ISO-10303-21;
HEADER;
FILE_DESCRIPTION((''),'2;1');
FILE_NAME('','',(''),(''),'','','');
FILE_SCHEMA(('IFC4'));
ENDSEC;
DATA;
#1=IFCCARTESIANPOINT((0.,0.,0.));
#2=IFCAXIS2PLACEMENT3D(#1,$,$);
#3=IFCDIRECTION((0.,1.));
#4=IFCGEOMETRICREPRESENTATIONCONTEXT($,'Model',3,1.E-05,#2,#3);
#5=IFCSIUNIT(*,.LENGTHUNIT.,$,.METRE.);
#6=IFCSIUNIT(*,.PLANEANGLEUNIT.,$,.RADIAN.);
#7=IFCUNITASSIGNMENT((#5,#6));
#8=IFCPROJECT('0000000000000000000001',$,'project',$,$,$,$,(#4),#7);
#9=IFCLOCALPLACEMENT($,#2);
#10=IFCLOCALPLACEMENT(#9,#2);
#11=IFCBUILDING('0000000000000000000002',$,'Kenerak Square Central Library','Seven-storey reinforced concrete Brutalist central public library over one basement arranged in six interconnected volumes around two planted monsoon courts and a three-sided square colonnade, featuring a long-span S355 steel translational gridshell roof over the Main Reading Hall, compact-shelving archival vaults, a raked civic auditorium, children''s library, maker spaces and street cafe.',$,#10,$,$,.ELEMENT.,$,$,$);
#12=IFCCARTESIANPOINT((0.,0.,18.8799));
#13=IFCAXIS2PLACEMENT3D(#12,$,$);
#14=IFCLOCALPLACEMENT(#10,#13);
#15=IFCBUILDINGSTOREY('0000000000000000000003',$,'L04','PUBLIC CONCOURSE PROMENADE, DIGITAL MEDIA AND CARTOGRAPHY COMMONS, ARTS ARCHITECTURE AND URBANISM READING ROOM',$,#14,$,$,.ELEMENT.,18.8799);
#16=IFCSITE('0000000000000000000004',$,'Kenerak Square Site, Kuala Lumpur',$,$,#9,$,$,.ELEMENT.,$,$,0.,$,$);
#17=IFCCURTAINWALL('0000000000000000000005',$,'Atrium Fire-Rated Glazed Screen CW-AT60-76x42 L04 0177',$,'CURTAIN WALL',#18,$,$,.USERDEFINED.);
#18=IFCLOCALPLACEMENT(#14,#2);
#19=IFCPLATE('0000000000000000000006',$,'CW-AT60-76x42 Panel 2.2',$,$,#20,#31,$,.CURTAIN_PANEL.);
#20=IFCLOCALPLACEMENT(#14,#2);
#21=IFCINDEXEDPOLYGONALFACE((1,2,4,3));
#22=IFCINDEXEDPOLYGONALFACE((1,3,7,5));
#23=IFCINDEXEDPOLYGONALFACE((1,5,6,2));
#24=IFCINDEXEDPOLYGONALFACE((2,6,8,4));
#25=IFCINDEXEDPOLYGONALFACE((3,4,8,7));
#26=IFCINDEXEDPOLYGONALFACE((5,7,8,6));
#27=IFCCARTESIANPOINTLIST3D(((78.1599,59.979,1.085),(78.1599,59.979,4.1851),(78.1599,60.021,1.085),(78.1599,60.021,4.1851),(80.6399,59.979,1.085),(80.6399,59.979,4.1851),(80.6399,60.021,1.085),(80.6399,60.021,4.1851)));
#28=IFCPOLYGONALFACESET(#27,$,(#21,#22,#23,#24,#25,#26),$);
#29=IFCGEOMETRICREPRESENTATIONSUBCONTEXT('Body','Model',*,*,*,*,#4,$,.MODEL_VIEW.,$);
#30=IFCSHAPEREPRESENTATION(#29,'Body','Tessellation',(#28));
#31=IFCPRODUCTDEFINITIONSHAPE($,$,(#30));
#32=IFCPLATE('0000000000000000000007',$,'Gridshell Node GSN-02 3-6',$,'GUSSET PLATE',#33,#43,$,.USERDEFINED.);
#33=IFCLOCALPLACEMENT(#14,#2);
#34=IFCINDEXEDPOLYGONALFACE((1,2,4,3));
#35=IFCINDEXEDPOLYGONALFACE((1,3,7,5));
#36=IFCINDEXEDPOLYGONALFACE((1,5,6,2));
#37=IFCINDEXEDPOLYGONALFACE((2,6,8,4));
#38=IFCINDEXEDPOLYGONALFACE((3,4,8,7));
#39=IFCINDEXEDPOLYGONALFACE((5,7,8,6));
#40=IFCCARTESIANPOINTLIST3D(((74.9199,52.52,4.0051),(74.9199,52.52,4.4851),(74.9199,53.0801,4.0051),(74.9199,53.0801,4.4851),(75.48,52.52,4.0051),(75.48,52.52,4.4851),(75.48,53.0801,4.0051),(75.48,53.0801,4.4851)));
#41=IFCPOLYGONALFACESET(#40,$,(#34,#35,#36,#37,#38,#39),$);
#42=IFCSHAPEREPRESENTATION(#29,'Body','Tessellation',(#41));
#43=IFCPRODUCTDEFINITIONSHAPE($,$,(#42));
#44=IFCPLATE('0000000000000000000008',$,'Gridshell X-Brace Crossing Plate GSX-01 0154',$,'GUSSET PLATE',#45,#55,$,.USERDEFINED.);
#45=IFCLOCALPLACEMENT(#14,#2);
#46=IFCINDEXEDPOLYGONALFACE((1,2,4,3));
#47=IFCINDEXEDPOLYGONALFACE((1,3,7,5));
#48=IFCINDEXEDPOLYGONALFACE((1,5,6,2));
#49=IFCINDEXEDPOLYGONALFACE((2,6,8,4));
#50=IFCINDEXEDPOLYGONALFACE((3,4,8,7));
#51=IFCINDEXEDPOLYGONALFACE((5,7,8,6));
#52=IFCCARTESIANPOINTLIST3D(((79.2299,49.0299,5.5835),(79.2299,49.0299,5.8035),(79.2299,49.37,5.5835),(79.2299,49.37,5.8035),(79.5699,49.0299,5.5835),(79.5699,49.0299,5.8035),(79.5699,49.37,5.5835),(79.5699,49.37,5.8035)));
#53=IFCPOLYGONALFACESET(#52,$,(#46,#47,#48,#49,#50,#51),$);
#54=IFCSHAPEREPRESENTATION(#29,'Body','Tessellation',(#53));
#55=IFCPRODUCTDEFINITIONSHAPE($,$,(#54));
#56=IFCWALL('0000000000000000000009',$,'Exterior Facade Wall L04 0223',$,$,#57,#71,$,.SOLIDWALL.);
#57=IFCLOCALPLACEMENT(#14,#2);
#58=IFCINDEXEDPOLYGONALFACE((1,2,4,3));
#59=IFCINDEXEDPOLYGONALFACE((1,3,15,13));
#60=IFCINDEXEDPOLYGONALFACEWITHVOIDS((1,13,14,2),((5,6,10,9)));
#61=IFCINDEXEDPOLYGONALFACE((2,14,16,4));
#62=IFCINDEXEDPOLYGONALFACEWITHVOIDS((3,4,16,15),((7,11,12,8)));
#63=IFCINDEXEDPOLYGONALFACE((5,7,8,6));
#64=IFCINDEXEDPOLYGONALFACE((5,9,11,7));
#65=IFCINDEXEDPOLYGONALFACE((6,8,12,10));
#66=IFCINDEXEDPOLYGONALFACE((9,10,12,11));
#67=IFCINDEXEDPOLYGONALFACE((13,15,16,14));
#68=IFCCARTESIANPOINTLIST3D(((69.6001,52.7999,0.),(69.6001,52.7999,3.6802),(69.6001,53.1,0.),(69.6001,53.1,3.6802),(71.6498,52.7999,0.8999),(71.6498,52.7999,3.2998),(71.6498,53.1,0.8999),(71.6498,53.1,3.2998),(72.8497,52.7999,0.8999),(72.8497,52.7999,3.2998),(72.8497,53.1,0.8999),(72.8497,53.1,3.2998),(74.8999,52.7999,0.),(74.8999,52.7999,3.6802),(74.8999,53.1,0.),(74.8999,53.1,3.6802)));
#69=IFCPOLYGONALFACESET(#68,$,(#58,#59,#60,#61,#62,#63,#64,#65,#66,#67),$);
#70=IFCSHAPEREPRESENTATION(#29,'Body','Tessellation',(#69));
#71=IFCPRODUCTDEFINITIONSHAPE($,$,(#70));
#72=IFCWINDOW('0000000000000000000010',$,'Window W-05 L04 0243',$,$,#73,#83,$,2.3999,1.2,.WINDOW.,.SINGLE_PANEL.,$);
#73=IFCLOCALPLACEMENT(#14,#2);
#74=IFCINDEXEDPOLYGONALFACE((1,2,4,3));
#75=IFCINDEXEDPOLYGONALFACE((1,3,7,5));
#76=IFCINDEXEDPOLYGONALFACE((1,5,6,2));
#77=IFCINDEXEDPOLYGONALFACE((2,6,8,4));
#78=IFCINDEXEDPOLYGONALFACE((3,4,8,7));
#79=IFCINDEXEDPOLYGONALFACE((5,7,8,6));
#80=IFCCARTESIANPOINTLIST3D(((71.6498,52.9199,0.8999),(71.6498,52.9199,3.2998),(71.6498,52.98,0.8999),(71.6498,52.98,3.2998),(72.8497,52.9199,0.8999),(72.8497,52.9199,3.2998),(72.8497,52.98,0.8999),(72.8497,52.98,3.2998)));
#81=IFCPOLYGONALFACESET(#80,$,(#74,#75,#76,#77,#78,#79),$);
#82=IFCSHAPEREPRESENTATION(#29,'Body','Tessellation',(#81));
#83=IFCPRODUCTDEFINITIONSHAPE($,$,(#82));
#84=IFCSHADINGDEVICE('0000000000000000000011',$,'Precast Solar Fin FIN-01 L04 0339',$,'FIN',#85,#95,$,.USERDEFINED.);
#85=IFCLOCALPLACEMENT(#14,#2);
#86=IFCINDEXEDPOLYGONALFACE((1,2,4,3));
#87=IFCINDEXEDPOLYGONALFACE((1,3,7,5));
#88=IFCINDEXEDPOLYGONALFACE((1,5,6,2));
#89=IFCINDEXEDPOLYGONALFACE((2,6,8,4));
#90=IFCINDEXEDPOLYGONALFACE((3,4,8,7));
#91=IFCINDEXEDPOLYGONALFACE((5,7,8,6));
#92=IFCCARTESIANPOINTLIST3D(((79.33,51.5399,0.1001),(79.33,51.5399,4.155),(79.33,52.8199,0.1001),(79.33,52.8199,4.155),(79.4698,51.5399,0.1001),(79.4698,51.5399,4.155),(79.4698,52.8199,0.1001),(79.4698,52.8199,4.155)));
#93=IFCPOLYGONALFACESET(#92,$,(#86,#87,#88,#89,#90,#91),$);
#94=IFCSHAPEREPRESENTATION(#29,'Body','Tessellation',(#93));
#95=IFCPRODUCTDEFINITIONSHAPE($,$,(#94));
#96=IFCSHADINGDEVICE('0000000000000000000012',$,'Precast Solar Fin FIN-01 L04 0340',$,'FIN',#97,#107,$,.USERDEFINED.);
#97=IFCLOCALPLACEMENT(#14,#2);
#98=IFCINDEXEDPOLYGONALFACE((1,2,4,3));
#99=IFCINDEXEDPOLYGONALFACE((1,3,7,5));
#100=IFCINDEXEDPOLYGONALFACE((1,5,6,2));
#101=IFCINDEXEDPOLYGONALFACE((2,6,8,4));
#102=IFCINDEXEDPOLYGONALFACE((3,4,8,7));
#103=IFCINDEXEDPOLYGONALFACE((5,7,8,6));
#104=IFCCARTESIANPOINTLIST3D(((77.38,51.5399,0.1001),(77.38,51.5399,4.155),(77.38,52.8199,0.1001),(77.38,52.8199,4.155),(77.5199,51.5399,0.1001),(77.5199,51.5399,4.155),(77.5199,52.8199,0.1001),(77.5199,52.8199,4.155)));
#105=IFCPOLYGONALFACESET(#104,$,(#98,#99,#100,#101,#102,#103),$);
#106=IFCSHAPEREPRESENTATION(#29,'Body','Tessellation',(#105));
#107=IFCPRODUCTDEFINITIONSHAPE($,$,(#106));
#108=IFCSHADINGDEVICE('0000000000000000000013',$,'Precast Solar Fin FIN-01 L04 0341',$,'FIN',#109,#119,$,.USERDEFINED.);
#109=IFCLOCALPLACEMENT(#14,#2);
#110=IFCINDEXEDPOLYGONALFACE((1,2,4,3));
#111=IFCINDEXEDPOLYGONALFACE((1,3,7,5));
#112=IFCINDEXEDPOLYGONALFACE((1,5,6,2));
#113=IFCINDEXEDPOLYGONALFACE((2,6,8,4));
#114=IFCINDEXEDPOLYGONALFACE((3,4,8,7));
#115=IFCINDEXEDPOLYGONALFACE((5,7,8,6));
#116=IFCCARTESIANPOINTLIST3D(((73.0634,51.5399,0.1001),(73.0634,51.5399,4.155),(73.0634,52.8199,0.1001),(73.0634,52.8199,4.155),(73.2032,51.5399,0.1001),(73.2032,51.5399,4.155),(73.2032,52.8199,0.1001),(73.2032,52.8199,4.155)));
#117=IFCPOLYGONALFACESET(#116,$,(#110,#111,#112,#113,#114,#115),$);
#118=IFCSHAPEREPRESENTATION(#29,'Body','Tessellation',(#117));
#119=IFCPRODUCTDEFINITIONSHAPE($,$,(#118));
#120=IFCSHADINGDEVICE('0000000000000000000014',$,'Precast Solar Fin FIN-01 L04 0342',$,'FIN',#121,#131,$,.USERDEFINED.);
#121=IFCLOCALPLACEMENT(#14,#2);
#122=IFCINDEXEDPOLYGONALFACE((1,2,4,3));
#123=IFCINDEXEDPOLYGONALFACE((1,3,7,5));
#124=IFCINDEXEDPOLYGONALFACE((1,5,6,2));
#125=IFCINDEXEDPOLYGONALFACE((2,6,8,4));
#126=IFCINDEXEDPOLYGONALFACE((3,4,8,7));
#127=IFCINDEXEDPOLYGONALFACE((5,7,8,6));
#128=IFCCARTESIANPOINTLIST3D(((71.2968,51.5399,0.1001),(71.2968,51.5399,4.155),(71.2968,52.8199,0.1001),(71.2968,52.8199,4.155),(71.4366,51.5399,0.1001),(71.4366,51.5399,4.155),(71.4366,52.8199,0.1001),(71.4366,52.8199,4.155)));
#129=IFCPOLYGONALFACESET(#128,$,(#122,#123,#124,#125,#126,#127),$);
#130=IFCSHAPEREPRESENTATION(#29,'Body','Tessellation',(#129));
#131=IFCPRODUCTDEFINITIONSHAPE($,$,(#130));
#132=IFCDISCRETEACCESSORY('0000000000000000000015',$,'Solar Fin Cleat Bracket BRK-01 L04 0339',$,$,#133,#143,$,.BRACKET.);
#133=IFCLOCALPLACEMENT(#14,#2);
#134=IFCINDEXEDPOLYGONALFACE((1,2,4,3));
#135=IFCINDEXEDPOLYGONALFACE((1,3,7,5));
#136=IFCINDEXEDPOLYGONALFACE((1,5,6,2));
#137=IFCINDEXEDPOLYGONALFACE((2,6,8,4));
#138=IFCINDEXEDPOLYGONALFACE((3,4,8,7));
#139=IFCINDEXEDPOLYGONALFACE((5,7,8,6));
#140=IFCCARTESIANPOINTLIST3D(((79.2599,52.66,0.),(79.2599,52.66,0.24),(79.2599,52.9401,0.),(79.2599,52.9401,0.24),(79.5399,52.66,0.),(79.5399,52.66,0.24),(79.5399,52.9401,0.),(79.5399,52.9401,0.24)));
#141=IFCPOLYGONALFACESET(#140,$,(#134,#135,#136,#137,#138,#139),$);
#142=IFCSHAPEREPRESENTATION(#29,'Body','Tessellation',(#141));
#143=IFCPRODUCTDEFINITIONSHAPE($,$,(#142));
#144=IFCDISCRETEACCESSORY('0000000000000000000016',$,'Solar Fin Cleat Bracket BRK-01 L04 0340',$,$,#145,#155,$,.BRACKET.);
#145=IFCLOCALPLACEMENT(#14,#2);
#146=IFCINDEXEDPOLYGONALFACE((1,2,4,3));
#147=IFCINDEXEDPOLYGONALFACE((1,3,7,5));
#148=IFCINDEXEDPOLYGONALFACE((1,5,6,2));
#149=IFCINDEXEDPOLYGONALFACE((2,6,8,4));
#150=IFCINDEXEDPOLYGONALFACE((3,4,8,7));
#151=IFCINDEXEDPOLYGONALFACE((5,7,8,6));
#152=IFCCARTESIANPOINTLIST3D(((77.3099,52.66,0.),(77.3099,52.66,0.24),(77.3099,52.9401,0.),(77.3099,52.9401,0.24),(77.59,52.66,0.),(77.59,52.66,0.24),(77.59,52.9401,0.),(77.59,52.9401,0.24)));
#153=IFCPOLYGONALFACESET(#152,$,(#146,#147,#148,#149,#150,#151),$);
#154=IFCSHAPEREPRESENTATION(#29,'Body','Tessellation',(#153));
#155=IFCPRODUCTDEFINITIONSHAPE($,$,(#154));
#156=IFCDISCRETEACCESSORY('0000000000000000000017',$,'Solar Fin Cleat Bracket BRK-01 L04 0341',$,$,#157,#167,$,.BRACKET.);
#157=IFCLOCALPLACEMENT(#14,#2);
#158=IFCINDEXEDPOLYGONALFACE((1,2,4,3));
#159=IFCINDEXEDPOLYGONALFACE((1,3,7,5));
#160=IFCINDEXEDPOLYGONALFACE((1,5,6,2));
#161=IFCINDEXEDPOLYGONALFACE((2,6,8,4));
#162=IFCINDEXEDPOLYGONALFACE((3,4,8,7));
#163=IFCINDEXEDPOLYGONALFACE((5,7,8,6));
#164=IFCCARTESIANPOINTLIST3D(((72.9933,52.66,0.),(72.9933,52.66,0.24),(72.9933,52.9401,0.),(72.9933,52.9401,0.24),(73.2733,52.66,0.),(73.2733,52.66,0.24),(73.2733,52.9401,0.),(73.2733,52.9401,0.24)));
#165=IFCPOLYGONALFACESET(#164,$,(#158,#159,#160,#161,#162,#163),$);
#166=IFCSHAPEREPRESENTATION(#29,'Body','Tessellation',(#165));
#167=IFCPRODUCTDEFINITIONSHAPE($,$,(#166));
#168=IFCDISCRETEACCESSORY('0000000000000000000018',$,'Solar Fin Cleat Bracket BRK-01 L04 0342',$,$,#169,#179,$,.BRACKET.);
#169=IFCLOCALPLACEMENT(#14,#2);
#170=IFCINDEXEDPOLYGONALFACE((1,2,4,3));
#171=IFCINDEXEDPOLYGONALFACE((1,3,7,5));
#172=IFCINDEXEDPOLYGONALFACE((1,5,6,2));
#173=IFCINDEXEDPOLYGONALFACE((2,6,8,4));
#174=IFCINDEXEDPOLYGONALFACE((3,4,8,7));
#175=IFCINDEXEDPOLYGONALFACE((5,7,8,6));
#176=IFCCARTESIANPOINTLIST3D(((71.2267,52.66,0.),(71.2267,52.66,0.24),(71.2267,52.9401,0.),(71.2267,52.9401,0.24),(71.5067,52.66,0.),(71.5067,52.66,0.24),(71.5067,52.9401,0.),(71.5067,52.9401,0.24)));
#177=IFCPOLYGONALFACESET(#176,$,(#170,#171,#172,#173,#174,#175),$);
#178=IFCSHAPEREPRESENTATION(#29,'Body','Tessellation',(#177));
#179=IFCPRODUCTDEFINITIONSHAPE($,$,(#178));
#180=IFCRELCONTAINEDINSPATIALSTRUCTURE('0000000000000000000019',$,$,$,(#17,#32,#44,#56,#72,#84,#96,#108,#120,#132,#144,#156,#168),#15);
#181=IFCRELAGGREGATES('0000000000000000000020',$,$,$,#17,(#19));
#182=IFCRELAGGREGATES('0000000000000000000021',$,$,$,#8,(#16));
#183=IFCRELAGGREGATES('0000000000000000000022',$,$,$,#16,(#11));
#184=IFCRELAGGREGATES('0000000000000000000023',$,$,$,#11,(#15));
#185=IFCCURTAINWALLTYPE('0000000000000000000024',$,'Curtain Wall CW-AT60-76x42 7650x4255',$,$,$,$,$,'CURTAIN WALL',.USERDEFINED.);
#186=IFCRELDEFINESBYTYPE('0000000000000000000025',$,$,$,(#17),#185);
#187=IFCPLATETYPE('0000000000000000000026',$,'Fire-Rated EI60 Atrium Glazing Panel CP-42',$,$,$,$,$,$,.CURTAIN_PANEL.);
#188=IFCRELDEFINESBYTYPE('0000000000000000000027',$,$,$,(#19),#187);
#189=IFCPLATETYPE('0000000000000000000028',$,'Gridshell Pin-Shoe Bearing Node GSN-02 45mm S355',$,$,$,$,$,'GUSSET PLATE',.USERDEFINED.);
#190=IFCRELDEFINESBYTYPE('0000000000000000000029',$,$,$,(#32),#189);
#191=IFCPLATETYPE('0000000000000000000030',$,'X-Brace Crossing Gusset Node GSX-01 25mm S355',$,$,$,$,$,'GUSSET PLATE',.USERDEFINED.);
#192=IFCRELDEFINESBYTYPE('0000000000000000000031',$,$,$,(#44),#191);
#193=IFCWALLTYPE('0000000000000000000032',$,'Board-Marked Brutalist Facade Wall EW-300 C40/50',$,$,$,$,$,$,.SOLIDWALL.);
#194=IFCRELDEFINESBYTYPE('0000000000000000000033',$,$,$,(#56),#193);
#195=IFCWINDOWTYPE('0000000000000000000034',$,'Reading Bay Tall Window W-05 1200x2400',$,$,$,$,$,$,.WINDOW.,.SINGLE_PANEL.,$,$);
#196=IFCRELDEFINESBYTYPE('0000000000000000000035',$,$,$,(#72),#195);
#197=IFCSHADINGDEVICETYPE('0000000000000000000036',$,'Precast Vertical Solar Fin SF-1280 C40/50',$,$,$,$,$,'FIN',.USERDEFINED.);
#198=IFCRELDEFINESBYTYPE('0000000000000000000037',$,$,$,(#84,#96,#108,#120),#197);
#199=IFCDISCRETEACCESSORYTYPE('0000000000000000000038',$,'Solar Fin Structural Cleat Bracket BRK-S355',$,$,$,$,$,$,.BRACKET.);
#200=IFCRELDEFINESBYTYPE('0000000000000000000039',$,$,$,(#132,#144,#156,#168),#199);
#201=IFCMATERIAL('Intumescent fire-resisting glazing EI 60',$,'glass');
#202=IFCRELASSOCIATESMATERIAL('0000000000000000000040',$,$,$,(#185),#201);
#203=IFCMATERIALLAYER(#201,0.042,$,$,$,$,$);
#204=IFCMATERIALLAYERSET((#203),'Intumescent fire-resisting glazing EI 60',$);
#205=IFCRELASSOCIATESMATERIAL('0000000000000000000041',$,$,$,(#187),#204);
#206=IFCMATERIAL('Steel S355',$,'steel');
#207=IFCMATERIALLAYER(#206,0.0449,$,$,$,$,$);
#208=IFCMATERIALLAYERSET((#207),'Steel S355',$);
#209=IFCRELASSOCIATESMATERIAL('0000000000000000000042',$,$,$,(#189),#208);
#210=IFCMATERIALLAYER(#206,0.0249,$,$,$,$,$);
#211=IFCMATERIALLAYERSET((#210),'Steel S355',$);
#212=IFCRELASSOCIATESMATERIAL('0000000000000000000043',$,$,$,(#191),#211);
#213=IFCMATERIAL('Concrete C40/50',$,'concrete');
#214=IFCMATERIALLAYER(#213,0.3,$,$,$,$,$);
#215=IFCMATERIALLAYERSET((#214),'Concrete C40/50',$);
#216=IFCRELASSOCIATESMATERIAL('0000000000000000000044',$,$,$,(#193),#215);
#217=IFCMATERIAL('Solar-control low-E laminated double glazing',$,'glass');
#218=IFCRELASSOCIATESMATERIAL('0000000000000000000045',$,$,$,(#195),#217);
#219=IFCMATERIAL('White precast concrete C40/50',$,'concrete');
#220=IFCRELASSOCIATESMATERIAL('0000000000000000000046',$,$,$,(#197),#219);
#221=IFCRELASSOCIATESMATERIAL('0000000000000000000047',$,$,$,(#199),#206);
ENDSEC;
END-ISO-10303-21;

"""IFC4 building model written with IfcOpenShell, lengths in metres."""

from ifc_helpers import new_model, si_unit, direction, frame, frame_2d, origin, origin_2d, place, context, subcontext, project, spatial, rectangle, extrude, material, layer, layer_set, type_object, element, fill, aggregate, save


model = new_model("IFC4")

# Units and contexts
model_context = context("Model", 3, precision=1e-05, world=origin(), true_north=direction((0.0, 1.0)))
body_context = subcontext(model_context, "Body", "Model", "MODEL_VIEW")
ifc_project = project(units=[si_unit("LENGTHUNIT", "METRE"), si_unit("PLANEANGLEUNIT", "RADIAN")], contexts=[model_context])

# Site, building, storey
site_placement = place(None, origin())
site = spatial("IfcSite", under=ifc_project, at=site_placement, Name="Kenerak Square Site, Kuala Lumpur", CompositionType="ELEMENT", RefElevation=0.0)
building_placement = place(site_placement, origin())
building = spatial("IfcBuilding", under=site, at=building_placement, Name="Kenerak Square Central Library", Description="Seven-storey reinforced concrete Brutalist central public library over one basement arranged in six interconnected volumes around two planted monsoon courts and a three-sided square colonnade, featuring a long-span S355 steel translational gridshell roof over the Main Reading Hall, compact-shelving archival vaults, a raked civic auditorium, children's library, maker spaces and street cafe.", CompositionType="ELEMENT")
storey_placement = place(building_placement, frame((0.0, 0.0, 18.8799)))
storey = spatial("IfcBuildingStorey", under=building, at=storey_placement, Name="L04", Description="PUBLIC CONCOURSE PROMENADE, DIGITAL MEDIA AND CARTOGRAPHY COMMONS, ARTS ARCHITECTURE AND URBANISM READING ROOM", CompositionType="ELEMENT", Elevation=18.8799)

# Shared definitions
ifc_material_1 = material(Name="Concrete C40/50", Category="concrete")

# Curtain wall
ifc_material_2 = material(Name="Intumescent fire-resisting glazing EI 60", Category="glass")
curtain_wall_type = type_object("IfcCurtainWallType", Name="Curtain Wall CW-AT60-76x42 7650x4255", ElementType="CURTAIN WALL", PredefinedType="USERDEFINED", material=ifc_material_2)
curtain_wall_placement = place(storey_placement, origin())
curtain_wall = element("IfcCurtainWall", 1, at=curtain_wall_placement, inside=storey, type_object=curtain_wall_type, Name="Atrium Fire-Rated Glazed Screen CW-AT60-76x42 L04 0177", ObjectType="CURTAIN WALL", PredefinedType="USERDEFINED")

# Shared definitions
ifc_material_3 = material(Name="Steel S355", Category="steel")

# Plate
ifc_layer_1 = layer(ifc_material_2, 0.042)
ifc_layer_set_1 = layer_set([ifc_layer_1], Name="Intumescent fire-resisting glazing EI 60")
plate_type_1 = type_object("IfcPlateType", Name="Fire-Rated EI60 Atrium Glazing Panel CP-42", PredefinedType="CURTAIN_PANEL", material=ifc_layer_set_1)
plate_1_placement = place(storey_placement, frame((79.3999, 60.0, 1.085), z_axis=(0.0, 0.0, 1.0), x_axis=(1.0, 0.0, 0.0)))
plate_1 = element("IfcPlate", 2, at=plate_1_placement, type_object=plate_type_1, Name="CW-AT60-76x42 Panel 2.2", PredefinedType="CURTAIN_PANEL", context=body_context, shape_type="SweptSolid", body=[
    extrude(rectangle(XDim=2.48, YDim=0.042, at=origin_2d()), origin(), (0.0, 0.0, 1.0), 3.1001),
])
aggregate(curtain_wall, [plate_1])

# Plates
ifc_layer_2 = layer(ifc_material_3, 0.0449)
ifc_layer_set_2 = layer_set([ifc_layer_2], Name="Steel S355")
plate_type_2 = type_object("IfcPlateType", Name="Gridshell Pin-Shoe Bearing Node GSN-02 45mm S355", ElementType="GUSSET PLATE", PredefinedType="USERDEFINED", material=ifc_layer_set_2)
plate_2_placement = place(storey_placement, frame((75.2, 52.8, 4.0051), z_axis=(0.0, 0.0, 1.0), x_axis=(1.0, 0.0, 0.0)))
element("IfcPlate", 3, at=plate_2_placement, inside=storey, type_object=plate_type_2, Name="Gridshell Node GSN-02 3-6", ObjectType="GUSSET PLATE", PredefinedType="USERDEFINED", context=body_context, shape_type="SweptSolid", body=[
    extrude(rectangle(XDim=0.5601, YDim=0.5601, at=origin_2d()), origin(), (0.0, 0.0, 1.0), 0.48),
])
ifc_layer_3 = layer(ifc_material_3, 0.0249)
ifc_layer_set_3 = layer_set([ifc_layer_3], Name="Steel S355")
plate_type_3 = type_object("IfcPlateType", Name="X-Brace Crossing Gusset Node GSX-01 25mm S355", ElementType="GUSSET PLATE", PredefinedType="USERDEFINED", material=ifc_layer_set_3)
plate_3_placement = place(storey_placement, frame((79.3999, 49.2, 5.5835), z_axis=(0.0, 0.0, 1.0), x_axis=(1.0, 0.0, 0.0)))
element("IfcPlate", 4, at=plate_3_placement, inside=storey, type_object=plate_type_3, Name="Gridshell X-Brace Crossing Plate GSX-01 0154", ObjectType="GUSSET PLATE", PredefinedType="USERDEFINED", context=body_context, shape_type="SweptSolid", body=[
    extrude(rectangle(XDim=0.3401, YDim=0.3401, at=origin_2d()), origin(), (0.0, 0.0, 1.0), 0.22),
])

# Wall, opening, window
ifc_layer_4 = layer(ifc_material_1, 0.3)
ifc_layer_set_4 = layer_set([ifc_layer_4], Name="Concrete C40/50")
wall_type = type_object("IfcWallType", Name="Board-Marked Brutalist Facade Wall EW-300 C40/50", PredefinedType="SOLIDWALL", material=ifc_layer_set_4)
wall_placement = place(storey_placement, frame((74.8999, 52.95, 0.0), z_axis=(0.0, 0.0, 1.0), x_axis=(-1.0, 0.0, 0.0)))
wall = element("IfcWall", 5, at=wall_placement, inside=storey, type_object=wall_type, Name="Exterior Facade Wall L04 0223", PredefinedType="SOLIDWALL", context=body_context, shape_type="SweptSolid", body=[
    extrude(rectangle(XDim=5.2998, YDim=0.3, at=frame_2d((2.6499, 0.0))), origin(), (0.0, 0.0, 1.0), 3.6802),
])
opening_placement = place(wall_placement, frame((2.05, 0.0, 0.8999)))
opening = element("IfcOpeningElement", 6, at=opening_placement, cuts=wall, PredefinedType="OPENING", context=body_context, shape_type="SweptSolid", body=[
    extrude(rectangle(XDim=1.2, YDim=2.3999, at=frame_2d((0.6001, 1.2))), frame((0.0, 0.1599, 0.0), z_axis=(0.0, -1.0, 0.0), x_axis=(1.0, 0.0, 0.0)), (0.0, 0.0, 1.0), 0.3201),
])
ifc_material_4 = material(Name="Solar-control low-E laminated double glazing", Category="glass")
window_type = type_object("IfcWindowType", Name="Reading Bay Tall Window W-05 1200x2400", PartitioningType="SINGLE_PANEL", PredefinedType="WINDOW", material=ifc_material_4)
window_placement = place(opening_placement, origin())
window = element("IfcWindow", 7, at=window_placement, inside=storey, type_object=window_type, Name="Window W-05 L04 0243", OverallHeight=2.3999, OverallWidth=1.2, PartitioningType="SINGLE_PANEL", PredefinedType="WINDOW", context=body_context, shape_type="SweptSolid", body=[
    extrude(rectangle(XDim=1.2, YDim=2.3999, at=frame_2d((0.6001, 1.2))), frame((0.0, 0.03, 0.0), z_axis=(0.0, -1.0, 0.0), x_axis=(1.0, 0.0, 0.0)), (0.0, 0.0, 1.0), 0.0601),
])
fill(opening, window)

# Shading devices
ifc_material_5 = material(Name="White precast concrete C40/50", Category="concrete")
shading_device_type = type_object("IfcShadingDeviceType", Name="Precast Vertical Solar Fin SF-1280 C40/50", ElementType="FIN", PredefinedType="USERDEFINED", material=ifc_material_5)
for number, where, z_axis, x_axis, name in (
    (8, (79.3999, 52.1799, 0.1001), (0.0, 0.0, 1.0), (-1.0, 0.0, 0.0), "Precast Solar Fin FIN-01 L04 0339"),
    (9, (77.45, 52.1799, 0.1001), (0.0, 0.0, 1.0), (-1.0, 0.0, 0.0), "Precast Solar Fin FIN-01 L04 0340"),
    (10, (73.1333, 52.1799, 0.1001), (0.0, 0.0, 1.0), (-1.0, 0.0, 0.0), "Precast Solar Fin FIN-01 L04 0341"),
    (11, (71.3667, 52.1799, 0.1001), (0.0, 0.0, 1.0), (-1.0, 0.0, 0.0), "Precast Solar Fin FIN-01 L04 0342"),
):
    element("IfcShadingDevice", number, at=place(storey_placement, frame(where, z_axis=z_axis, x_axis=x_axis)), inside=storey, type_object=shading_device_type, Name=name, ObjectType="FIN", PredefinedType="USERDEFINED", context=body_context, shape_type="SweptSolid", body=[
        extrude(rectangle(XDim=0.1399, YDim=1.28, at=origin_2d()), origin(), (0.0, 0.0, 1.0), 4.0549),
    ])

# Discrete accessories
discrete_accessory_type = type_object("IfcDiscreteAccessoryType", Name="Solar Fin Structural Cleat Bracket BRK-S355", PredefinedType="BRACKET", material=ifc_material_3)
for number, where, z_axis, x_axis, name in (
    (12, (79.3999, 52.8, 0.0), (0.0, 0.0, 1.0), (-1.0, 0.0, 0.0), "Solar Fin Cleat Bracket BRK-01 L04 0339"),
    (13, (77.45, 52.8, 0.0), (0.0, 0.0, 1.0), (-1.0, 0.0, 0.0), "Solar Fin Cleat Bracket BRK-01 L04 0340"),
    (14, (73.1333, 52.8, 0.0), (0.0, 0.0, 1.0), (-1.0, 0.0, 0.0), "Solar Fin Cleat Bracket BRK-01 L04 0341"),
    (15, (71.3667, 52.8, 0.0), (0.0, 0.0, 1.0), (-1.0, 0.0, 0.0), "Solar Fin Cleat Bracket BRK-01 L04 0342"),
):
    element("IfcDiscreteAccessory", number, at=place(storey_placement, frame(where, z_axis=z_axis, x_axis=x_axis)), inside=storey, type_object=discrete_accessory_type, Name=name, PredefinedType="BRACKET", context=body_context, shape_type="SweptSolid", body=[
        extrude(rectangle(XDim=0.28, YDim=0.28, at=origin_2d()), origin(), (0.0, 0.0, 1.0), 0.24),
    ])

save(model, "model.ifc")
